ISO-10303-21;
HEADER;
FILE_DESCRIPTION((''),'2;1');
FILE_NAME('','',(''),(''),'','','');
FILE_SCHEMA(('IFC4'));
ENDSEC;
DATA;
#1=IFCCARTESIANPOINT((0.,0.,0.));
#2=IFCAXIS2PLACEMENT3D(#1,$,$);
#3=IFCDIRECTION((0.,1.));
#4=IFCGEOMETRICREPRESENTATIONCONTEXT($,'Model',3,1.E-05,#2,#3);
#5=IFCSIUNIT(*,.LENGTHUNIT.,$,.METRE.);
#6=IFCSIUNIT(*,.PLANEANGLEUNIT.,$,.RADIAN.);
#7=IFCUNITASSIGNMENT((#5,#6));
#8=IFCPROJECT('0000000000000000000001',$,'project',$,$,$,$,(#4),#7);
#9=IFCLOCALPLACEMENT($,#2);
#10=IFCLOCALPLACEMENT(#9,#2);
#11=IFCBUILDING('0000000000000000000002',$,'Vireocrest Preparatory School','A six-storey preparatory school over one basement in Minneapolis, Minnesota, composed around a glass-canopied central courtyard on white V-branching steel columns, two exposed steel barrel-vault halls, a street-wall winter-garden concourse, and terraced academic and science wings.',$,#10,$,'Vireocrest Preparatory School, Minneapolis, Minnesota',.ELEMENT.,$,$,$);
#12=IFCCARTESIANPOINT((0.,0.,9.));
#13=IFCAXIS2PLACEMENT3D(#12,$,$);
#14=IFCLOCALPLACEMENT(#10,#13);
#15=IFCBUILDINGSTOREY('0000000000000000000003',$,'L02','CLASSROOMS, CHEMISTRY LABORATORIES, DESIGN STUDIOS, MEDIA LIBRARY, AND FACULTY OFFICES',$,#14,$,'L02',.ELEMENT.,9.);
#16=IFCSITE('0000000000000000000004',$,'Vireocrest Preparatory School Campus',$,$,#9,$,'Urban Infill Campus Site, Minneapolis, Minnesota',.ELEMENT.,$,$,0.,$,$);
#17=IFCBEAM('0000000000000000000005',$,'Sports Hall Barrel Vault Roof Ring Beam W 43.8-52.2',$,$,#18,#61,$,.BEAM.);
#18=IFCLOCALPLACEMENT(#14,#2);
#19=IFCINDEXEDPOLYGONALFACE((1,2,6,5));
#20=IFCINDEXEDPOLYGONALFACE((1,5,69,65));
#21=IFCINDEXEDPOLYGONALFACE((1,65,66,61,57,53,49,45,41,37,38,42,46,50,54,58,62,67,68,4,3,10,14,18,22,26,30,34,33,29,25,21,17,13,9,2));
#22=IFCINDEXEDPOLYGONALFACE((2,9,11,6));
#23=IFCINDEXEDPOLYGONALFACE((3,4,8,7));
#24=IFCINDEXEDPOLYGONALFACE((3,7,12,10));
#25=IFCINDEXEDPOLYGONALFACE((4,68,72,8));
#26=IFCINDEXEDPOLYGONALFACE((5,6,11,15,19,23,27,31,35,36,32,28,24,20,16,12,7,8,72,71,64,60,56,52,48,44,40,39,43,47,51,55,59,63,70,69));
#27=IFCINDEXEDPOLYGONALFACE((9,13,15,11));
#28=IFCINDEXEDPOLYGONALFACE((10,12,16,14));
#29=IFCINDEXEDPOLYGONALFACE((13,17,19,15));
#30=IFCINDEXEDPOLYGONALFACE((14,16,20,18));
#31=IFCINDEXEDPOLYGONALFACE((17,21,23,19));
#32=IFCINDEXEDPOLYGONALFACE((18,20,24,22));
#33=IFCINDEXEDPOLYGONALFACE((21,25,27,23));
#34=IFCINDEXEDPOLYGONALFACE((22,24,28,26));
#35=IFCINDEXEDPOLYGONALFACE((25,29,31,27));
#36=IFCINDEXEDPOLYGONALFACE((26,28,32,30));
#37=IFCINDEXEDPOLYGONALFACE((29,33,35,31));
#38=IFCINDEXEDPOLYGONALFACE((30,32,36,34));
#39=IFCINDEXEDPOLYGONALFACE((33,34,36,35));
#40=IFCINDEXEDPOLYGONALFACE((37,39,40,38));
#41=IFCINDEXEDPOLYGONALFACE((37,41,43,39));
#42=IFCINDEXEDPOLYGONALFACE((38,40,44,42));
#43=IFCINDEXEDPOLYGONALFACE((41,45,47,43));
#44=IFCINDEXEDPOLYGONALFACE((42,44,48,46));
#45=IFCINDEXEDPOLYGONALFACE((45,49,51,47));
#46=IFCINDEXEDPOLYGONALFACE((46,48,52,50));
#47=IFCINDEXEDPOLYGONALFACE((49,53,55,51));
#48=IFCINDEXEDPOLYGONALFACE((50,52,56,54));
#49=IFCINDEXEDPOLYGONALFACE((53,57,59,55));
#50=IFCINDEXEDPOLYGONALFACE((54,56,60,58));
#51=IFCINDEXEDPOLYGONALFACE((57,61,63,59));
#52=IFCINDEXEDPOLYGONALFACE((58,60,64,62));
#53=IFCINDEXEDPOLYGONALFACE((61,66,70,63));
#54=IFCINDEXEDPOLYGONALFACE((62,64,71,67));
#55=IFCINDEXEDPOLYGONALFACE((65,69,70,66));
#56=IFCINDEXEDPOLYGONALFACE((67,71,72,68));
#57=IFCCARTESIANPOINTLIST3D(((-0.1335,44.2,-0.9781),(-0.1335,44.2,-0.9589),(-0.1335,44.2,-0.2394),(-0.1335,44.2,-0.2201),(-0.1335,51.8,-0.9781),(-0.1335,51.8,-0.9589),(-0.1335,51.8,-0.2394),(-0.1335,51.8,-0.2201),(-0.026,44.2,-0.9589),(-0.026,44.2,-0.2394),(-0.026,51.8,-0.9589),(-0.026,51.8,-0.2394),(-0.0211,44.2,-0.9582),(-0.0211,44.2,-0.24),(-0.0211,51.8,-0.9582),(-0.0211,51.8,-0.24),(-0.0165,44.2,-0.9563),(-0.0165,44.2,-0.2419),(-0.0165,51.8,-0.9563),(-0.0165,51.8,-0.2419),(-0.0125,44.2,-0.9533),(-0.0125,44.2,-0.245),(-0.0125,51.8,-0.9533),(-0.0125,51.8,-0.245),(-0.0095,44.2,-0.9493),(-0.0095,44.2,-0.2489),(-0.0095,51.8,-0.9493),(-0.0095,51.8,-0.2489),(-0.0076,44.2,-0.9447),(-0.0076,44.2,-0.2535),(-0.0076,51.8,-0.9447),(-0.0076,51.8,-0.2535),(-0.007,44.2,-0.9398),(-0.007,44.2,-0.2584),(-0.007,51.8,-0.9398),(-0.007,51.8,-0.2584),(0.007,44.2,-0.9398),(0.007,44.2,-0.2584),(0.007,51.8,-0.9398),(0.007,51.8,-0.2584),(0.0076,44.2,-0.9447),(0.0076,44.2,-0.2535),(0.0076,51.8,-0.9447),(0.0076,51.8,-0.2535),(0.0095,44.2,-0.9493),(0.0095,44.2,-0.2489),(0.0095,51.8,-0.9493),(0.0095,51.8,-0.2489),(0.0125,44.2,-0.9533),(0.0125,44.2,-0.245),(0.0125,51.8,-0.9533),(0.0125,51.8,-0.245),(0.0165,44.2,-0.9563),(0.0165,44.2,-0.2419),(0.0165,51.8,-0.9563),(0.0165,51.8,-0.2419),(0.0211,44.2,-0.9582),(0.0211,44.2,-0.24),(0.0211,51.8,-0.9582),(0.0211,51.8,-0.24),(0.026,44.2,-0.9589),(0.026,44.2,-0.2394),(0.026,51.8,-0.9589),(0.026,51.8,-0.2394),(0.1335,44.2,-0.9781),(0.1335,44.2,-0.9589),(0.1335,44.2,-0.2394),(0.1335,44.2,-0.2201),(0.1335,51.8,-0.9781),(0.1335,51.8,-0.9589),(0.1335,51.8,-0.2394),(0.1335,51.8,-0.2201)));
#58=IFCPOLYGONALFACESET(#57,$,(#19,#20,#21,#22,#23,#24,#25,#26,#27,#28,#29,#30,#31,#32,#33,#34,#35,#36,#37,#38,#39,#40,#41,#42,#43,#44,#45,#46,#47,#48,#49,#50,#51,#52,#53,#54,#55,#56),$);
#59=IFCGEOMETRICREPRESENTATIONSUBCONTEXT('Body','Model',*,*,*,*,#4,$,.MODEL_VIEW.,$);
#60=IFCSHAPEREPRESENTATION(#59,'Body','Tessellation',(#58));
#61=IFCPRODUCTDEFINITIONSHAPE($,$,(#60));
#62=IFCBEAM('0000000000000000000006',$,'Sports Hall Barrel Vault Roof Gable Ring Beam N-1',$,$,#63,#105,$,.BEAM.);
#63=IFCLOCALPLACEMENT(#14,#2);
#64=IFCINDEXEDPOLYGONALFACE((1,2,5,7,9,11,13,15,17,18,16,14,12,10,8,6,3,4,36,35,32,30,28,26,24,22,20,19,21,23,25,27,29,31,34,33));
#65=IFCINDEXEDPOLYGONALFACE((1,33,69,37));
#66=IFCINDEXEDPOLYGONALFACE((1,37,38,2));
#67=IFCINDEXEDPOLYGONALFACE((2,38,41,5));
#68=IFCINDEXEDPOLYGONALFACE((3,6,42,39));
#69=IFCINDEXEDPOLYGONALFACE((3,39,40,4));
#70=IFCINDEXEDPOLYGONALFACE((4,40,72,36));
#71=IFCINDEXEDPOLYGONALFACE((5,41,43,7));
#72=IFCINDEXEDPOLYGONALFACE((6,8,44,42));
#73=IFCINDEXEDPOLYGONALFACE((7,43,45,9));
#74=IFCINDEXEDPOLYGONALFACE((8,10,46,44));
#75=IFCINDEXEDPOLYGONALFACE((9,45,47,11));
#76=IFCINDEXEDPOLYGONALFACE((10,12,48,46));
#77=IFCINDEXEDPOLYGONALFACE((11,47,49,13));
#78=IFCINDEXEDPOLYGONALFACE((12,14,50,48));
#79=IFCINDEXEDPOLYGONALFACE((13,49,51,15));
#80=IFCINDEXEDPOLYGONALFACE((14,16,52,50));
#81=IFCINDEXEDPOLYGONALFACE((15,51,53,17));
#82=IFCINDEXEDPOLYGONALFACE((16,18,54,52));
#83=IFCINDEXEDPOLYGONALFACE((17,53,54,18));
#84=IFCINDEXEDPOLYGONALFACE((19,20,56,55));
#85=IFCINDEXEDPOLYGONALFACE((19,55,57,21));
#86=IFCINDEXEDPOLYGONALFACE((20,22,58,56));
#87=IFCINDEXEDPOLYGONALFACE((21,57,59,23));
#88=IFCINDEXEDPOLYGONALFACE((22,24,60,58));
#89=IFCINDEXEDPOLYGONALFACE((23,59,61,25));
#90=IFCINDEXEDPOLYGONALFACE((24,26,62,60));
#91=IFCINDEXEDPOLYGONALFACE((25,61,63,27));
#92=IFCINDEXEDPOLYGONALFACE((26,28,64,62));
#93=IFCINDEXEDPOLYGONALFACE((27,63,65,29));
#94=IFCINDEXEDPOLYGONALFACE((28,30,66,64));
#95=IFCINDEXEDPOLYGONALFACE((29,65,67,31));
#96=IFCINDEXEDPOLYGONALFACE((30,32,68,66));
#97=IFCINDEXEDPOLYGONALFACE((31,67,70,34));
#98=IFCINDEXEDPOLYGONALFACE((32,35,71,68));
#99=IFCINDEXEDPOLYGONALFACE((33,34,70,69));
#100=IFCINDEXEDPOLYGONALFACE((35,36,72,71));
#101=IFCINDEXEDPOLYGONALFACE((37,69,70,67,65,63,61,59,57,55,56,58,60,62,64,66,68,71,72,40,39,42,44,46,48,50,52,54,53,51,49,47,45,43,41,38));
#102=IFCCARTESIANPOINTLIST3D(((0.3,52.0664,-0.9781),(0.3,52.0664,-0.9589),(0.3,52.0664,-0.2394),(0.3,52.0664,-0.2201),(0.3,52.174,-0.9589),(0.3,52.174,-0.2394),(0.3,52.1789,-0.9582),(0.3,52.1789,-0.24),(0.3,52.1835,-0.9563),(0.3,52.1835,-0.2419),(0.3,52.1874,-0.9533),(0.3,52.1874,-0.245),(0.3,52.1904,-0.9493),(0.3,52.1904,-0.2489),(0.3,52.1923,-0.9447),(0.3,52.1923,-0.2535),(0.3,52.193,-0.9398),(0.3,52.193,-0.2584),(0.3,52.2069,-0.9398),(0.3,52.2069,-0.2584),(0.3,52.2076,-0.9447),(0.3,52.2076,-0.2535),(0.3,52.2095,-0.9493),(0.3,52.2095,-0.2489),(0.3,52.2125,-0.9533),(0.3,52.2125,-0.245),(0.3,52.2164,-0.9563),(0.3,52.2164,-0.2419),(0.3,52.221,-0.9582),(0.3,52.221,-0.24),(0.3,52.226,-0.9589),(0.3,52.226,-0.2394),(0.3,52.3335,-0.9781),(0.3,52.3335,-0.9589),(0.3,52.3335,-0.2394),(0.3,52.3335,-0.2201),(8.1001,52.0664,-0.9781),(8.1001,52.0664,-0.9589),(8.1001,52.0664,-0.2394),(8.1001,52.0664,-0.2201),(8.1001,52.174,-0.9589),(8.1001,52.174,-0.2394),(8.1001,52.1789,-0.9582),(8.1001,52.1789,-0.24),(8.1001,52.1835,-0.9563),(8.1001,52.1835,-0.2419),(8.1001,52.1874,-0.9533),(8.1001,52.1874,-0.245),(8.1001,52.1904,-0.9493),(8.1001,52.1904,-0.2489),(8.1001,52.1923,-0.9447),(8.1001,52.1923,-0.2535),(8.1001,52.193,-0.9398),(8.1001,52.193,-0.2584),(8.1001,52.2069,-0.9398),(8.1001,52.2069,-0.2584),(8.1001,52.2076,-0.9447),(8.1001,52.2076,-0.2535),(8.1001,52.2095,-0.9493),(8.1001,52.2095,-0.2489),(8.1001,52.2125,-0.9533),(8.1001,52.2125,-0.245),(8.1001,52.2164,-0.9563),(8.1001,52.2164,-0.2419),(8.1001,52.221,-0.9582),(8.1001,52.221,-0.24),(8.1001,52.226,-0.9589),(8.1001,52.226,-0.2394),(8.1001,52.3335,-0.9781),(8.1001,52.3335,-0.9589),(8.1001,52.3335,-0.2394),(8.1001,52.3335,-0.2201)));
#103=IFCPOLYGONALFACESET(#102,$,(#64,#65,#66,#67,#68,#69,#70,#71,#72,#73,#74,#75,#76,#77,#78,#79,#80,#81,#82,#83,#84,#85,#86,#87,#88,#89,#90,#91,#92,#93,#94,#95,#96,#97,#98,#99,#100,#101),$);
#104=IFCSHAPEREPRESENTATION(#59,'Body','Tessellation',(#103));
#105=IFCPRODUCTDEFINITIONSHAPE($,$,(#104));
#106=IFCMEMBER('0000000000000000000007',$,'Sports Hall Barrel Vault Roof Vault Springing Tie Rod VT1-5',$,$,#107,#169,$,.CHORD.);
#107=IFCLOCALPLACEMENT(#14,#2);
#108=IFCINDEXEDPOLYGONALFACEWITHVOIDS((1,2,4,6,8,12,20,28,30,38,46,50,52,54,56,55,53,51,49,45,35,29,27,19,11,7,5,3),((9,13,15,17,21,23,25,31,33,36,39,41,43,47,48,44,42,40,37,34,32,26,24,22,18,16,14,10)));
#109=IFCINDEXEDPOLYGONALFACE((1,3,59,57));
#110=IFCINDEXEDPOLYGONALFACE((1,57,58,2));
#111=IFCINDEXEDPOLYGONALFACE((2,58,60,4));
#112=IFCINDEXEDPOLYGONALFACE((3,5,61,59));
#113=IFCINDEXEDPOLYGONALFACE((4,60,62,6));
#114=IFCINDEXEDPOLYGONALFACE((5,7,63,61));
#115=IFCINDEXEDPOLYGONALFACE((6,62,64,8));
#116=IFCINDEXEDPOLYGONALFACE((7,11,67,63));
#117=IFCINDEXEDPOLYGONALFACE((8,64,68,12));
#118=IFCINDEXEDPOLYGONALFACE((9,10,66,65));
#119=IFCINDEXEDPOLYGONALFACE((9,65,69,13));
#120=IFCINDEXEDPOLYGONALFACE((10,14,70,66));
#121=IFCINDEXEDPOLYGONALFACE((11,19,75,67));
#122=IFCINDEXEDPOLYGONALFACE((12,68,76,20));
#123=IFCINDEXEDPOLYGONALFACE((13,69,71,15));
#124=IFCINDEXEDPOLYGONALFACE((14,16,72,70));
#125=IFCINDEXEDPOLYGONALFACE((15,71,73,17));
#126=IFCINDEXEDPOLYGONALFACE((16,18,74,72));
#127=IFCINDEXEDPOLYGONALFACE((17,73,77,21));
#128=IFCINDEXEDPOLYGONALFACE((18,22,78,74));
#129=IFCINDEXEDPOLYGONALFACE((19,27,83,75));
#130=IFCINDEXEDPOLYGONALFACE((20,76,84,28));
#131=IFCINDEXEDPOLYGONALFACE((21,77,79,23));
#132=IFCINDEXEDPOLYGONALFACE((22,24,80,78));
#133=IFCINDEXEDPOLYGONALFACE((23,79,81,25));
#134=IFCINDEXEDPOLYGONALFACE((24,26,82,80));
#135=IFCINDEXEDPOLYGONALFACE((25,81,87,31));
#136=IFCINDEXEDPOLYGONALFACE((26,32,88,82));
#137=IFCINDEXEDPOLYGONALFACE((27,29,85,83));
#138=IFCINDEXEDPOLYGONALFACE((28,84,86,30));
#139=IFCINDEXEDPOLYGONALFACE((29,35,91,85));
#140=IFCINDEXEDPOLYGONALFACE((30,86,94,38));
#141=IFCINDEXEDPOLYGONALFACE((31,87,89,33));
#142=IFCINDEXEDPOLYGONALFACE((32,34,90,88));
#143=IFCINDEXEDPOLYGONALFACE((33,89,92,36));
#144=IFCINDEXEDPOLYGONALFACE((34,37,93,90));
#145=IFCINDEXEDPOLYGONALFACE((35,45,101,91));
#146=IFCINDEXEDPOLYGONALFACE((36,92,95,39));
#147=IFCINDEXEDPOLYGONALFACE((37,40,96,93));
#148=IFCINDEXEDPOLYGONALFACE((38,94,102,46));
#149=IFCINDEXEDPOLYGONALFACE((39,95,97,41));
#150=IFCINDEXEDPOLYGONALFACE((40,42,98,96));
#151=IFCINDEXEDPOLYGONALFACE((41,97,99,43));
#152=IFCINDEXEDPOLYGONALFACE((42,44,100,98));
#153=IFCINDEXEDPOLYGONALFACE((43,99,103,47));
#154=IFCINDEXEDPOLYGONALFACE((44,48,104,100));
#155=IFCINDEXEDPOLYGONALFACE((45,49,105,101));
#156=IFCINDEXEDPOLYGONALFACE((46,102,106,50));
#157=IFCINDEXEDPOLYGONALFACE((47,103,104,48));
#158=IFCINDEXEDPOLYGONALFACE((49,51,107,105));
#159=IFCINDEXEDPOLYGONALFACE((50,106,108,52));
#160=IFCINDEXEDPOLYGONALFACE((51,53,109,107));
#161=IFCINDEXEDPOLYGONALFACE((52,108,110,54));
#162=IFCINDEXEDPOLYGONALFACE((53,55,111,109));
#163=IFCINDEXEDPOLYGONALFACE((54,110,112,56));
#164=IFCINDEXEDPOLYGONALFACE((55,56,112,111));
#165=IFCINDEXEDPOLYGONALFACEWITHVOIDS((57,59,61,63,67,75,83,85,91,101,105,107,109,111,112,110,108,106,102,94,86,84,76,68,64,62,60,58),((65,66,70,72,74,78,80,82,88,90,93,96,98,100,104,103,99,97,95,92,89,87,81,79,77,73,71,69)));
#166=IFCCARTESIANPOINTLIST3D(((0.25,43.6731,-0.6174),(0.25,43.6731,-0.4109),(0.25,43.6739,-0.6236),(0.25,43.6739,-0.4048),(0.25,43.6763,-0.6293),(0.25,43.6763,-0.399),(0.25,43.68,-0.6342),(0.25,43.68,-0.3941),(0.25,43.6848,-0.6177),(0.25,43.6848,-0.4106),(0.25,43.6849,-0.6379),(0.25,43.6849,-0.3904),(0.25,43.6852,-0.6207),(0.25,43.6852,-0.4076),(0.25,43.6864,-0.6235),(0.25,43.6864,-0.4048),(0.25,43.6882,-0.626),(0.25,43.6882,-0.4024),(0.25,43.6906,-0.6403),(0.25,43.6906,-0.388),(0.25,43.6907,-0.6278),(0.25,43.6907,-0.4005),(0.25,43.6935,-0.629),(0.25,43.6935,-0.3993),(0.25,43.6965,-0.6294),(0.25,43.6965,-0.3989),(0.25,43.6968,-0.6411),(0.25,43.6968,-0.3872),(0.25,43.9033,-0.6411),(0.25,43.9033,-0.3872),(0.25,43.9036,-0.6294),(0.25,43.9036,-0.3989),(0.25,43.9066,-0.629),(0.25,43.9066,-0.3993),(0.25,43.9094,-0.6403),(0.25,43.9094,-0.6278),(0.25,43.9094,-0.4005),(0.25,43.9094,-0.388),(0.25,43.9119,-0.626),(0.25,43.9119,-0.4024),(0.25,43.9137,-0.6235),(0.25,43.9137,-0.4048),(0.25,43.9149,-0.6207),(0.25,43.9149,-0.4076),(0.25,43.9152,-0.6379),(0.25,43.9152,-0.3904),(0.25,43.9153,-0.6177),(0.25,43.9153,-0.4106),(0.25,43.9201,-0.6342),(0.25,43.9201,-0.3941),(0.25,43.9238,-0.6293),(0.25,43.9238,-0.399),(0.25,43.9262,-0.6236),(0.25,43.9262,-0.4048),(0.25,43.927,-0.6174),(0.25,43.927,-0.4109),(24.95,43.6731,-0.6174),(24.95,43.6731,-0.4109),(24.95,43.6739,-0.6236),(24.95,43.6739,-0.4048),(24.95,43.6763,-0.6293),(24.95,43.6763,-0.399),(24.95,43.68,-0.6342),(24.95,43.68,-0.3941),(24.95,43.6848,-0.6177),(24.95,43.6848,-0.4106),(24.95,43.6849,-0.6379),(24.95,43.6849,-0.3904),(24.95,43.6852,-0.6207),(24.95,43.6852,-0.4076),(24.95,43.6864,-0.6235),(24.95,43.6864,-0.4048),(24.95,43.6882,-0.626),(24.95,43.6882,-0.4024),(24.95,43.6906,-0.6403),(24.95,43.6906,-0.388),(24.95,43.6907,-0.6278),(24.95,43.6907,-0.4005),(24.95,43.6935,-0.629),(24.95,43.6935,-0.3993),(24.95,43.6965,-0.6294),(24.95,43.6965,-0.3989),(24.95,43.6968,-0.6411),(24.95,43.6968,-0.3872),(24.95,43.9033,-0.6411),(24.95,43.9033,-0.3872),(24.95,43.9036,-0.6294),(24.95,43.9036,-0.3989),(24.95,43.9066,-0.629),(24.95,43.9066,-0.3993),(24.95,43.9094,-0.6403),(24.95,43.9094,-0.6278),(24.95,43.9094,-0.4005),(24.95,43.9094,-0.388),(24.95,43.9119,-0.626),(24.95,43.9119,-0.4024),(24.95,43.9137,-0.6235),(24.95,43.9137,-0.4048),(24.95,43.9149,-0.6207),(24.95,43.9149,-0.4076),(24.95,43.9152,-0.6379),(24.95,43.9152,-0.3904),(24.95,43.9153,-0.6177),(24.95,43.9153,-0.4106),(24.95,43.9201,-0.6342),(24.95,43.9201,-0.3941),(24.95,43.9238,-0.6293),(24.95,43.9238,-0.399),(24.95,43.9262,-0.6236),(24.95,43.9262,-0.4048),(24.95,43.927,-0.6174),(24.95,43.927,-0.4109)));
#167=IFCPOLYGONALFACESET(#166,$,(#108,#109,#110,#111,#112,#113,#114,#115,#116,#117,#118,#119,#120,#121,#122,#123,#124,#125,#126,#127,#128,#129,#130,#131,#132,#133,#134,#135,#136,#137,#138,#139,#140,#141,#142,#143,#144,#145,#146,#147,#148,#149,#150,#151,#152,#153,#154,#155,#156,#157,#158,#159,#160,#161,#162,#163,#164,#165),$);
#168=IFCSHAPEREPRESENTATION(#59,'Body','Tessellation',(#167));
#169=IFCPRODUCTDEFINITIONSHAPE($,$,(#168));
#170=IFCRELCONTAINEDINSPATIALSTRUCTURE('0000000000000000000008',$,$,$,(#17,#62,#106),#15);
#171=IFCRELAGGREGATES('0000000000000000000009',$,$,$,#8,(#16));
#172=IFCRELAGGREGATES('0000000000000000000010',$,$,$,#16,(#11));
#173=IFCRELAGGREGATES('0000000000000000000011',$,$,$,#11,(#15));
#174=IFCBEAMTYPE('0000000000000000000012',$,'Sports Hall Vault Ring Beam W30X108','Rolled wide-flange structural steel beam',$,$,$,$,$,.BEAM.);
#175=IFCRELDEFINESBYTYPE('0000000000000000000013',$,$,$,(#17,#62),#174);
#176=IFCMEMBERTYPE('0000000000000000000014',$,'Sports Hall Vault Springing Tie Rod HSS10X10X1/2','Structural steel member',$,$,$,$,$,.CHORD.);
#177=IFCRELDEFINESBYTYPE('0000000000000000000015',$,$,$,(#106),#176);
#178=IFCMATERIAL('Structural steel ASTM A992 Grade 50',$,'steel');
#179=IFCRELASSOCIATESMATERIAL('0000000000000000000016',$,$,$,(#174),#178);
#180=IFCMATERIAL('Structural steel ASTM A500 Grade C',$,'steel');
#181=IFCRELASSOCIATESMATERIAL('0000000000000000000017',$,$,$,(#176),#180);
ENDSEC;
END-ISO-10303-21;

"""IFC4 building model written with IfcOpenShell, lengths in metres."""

from ifc_helpers import new_model, si_unit, direction, frame, origin, origin_2d, place, context, subcontext, project, spatial, hollow_rectangle, i_section, extrude, material, material_profile, profile_set, type_object, element, save


model = new_model("IFC4")

# Units and contexts
model_context = context("Model", 3, precision=1e-05, world=origin(), true_north=direction((0.0, 1.0)))
body_context = subcontext(model_context, "Body", "Model", "MODEL_VIEW")
ifc_project = project(units=[si_unit("LENGTHUNIT", "METRE"), si_unit("PLANEANGLEUNIT", "RADIAN")], contexts=[model_context])

# Site, building, storey
site_placement = place(None, origin())
site = spatial("IfcSite", under=ifc_project, at=site_placement, Name="Vireocrest Preparatory School Campus", LongName="Urban Infill Campus Site, Minneapolis, Minnesota", CompositionType="ELEMENT", RefElevation=0.0)
building_placement = place(site_placement, origin())
building = spatial("IfcBuilding", under=site, at=building_placement, Name="Vireocrest Preparatory School", Description="A six-storey preparatory school over one basement in Minneapolis, Minnesota, composed around a glass-canopied central courtyard on white V-branching steel columns, two exposed steel barrel-vault halls, a street-wall winter-garden concourse, and terraced academic and science wings.", LongName="Vireocrest Preparatory School, Minneapolis, Minnesota", CompositionType="ELEMENT")
storey_placement = place(building_placement, frame((0.0, 0.0, 9.0)))
storey = spatial("IfcBuildingStorey", under=building, at=storey_placement, Name="L02", Description="CLASSROOMS, CHEMISTRY LABORATORIES, DESIGN STUDIOS, MEDIA LIBRARY, AND FACULTY OFFICES", LongName="L02", CompositionType="ELEMENT", Elevation=9.0)

# Shared definitions
ifc_material_1 = material(Name="Structural steel ASTM A500 Grade C", Category="steel")

# Beams
ifc_material_2 = material(Name="Structural steel ASTM A992 Grade 50", Category="steel")
ifc_material_profile_1 = material_profile(ifc_material_2, i_section(OverallWidth=0.2671, OverallDepth=0.7581, WebThickness=0.0139, FlangeThickness=0.0193, FilletRadius=0.019, at=origin_2d()), Name="W30X108")
ifc_profile_set_1 = profile_set([ifc_material_profile_1], Name="Structural steel ASTM A992 Grade 50")
beam_type_1 = type_object("IfcBeamType", Name="Sports Hall Vault Ring Beam W30X108", Description="Rolled wide-flange structural steel beam", PredefinedType="BEAM", material=ifc_profile_set_1)
beam_1_placement = place(storey_placement, frame((0.0, 44.2, -0.5991), z_axis=(0.0, 1.0, 0.0), x_axis=(-1.0, 0.0, 0.0)))
element("IfcBeam", 1, at=beam_1_placement, inside=storey, type_object=beam_type_1, Name="Sports Hall Barrel Vault Roof Ring Beam W 43.8-52.2", PredefinedType="BEAM", context=body_context, shape_type="SweptSolid", body=[
    extrude(i_section(OverallWidth=0.2671, OverallDepth=0.7581, WebThickness=0.0139, FlangeThickness=0.0193, FilletRadius=0.019, at=origin_2d()), origin(), (0.0, 0.0, 1.0), 7.6001),
])
beam_2_placement = place(storey_placement, frame((0.3, 52.2, -0.5991), z_axis=(1.0, 0.0, 0.0), x_axis=(0.0, 1.0, 0.0)))
element("IfcBeam", 2, at=beam_2_placement, inside=storey, type_object=beam_type_1, Name="Sports Hall Barrel Vault Roof Gable Ring Beam N-1", PredefinedType="BEAM", context=body_context, shape_type="SweptSolid", body=[
    extrude(i_section(OverallWidth=0.2671, OverallDepth=0.7581, WebThickness=0.0139, FlangeThickness=0.0193, FilletRadius=0.019, at=origin_2d()), origin(), (0.0, 0.0, 1.0), 7.8),
])

# Member
ifc_material_profile_2 = material_profile(ifc_material_1, hollow_rectangle(XDim=0.2539, YDim=0.2539, WallThickness=0.0117, InnerFilletRadius=0.0117, OuterFilletRadius=0.0237, at=origin_2d()), Name="HSS10X10X1/2")
ifc_profile_set_2 = profile_set([ifc_material_profile_2], Name="Structural steel ASTM A500 Grade C")
member_type_1 = type_object("IfcMemberType", Name="Sports Hall Vault Springing Tie Rod HSS10X10X1/2", Description="Structural steel member", PredefinedType="CHORD", material=ifc_profile_set_2)
member_1_placement = place(storey_placement, frame((0.25, 43.8, -0.5142), z_axis=(1.0, 0.0, 0.0), x_axis=(0.0, 1.0, 0.0)))
element("IfcMember", 3, at=member_1_placement, inside=storey, type_object=member_type_1, Name="Sports Hall Barrel Vault Roof Vault Springing Tie Rod VT1-5", PredefinedType="CHORD", context=body_context, shape_type="SweptSolid", body=[
    extrude(hollow_rectangle(XDim=0.2539, YDim=0.2539, WallThickness=0.0117, InnerFilletRadius=0.0117, OuterFilletRadius=0.0237, at=origin_2d()), origin(), (0.0, 0.0, 1.0), 24.7),
])

save(model, "model.ifc")
